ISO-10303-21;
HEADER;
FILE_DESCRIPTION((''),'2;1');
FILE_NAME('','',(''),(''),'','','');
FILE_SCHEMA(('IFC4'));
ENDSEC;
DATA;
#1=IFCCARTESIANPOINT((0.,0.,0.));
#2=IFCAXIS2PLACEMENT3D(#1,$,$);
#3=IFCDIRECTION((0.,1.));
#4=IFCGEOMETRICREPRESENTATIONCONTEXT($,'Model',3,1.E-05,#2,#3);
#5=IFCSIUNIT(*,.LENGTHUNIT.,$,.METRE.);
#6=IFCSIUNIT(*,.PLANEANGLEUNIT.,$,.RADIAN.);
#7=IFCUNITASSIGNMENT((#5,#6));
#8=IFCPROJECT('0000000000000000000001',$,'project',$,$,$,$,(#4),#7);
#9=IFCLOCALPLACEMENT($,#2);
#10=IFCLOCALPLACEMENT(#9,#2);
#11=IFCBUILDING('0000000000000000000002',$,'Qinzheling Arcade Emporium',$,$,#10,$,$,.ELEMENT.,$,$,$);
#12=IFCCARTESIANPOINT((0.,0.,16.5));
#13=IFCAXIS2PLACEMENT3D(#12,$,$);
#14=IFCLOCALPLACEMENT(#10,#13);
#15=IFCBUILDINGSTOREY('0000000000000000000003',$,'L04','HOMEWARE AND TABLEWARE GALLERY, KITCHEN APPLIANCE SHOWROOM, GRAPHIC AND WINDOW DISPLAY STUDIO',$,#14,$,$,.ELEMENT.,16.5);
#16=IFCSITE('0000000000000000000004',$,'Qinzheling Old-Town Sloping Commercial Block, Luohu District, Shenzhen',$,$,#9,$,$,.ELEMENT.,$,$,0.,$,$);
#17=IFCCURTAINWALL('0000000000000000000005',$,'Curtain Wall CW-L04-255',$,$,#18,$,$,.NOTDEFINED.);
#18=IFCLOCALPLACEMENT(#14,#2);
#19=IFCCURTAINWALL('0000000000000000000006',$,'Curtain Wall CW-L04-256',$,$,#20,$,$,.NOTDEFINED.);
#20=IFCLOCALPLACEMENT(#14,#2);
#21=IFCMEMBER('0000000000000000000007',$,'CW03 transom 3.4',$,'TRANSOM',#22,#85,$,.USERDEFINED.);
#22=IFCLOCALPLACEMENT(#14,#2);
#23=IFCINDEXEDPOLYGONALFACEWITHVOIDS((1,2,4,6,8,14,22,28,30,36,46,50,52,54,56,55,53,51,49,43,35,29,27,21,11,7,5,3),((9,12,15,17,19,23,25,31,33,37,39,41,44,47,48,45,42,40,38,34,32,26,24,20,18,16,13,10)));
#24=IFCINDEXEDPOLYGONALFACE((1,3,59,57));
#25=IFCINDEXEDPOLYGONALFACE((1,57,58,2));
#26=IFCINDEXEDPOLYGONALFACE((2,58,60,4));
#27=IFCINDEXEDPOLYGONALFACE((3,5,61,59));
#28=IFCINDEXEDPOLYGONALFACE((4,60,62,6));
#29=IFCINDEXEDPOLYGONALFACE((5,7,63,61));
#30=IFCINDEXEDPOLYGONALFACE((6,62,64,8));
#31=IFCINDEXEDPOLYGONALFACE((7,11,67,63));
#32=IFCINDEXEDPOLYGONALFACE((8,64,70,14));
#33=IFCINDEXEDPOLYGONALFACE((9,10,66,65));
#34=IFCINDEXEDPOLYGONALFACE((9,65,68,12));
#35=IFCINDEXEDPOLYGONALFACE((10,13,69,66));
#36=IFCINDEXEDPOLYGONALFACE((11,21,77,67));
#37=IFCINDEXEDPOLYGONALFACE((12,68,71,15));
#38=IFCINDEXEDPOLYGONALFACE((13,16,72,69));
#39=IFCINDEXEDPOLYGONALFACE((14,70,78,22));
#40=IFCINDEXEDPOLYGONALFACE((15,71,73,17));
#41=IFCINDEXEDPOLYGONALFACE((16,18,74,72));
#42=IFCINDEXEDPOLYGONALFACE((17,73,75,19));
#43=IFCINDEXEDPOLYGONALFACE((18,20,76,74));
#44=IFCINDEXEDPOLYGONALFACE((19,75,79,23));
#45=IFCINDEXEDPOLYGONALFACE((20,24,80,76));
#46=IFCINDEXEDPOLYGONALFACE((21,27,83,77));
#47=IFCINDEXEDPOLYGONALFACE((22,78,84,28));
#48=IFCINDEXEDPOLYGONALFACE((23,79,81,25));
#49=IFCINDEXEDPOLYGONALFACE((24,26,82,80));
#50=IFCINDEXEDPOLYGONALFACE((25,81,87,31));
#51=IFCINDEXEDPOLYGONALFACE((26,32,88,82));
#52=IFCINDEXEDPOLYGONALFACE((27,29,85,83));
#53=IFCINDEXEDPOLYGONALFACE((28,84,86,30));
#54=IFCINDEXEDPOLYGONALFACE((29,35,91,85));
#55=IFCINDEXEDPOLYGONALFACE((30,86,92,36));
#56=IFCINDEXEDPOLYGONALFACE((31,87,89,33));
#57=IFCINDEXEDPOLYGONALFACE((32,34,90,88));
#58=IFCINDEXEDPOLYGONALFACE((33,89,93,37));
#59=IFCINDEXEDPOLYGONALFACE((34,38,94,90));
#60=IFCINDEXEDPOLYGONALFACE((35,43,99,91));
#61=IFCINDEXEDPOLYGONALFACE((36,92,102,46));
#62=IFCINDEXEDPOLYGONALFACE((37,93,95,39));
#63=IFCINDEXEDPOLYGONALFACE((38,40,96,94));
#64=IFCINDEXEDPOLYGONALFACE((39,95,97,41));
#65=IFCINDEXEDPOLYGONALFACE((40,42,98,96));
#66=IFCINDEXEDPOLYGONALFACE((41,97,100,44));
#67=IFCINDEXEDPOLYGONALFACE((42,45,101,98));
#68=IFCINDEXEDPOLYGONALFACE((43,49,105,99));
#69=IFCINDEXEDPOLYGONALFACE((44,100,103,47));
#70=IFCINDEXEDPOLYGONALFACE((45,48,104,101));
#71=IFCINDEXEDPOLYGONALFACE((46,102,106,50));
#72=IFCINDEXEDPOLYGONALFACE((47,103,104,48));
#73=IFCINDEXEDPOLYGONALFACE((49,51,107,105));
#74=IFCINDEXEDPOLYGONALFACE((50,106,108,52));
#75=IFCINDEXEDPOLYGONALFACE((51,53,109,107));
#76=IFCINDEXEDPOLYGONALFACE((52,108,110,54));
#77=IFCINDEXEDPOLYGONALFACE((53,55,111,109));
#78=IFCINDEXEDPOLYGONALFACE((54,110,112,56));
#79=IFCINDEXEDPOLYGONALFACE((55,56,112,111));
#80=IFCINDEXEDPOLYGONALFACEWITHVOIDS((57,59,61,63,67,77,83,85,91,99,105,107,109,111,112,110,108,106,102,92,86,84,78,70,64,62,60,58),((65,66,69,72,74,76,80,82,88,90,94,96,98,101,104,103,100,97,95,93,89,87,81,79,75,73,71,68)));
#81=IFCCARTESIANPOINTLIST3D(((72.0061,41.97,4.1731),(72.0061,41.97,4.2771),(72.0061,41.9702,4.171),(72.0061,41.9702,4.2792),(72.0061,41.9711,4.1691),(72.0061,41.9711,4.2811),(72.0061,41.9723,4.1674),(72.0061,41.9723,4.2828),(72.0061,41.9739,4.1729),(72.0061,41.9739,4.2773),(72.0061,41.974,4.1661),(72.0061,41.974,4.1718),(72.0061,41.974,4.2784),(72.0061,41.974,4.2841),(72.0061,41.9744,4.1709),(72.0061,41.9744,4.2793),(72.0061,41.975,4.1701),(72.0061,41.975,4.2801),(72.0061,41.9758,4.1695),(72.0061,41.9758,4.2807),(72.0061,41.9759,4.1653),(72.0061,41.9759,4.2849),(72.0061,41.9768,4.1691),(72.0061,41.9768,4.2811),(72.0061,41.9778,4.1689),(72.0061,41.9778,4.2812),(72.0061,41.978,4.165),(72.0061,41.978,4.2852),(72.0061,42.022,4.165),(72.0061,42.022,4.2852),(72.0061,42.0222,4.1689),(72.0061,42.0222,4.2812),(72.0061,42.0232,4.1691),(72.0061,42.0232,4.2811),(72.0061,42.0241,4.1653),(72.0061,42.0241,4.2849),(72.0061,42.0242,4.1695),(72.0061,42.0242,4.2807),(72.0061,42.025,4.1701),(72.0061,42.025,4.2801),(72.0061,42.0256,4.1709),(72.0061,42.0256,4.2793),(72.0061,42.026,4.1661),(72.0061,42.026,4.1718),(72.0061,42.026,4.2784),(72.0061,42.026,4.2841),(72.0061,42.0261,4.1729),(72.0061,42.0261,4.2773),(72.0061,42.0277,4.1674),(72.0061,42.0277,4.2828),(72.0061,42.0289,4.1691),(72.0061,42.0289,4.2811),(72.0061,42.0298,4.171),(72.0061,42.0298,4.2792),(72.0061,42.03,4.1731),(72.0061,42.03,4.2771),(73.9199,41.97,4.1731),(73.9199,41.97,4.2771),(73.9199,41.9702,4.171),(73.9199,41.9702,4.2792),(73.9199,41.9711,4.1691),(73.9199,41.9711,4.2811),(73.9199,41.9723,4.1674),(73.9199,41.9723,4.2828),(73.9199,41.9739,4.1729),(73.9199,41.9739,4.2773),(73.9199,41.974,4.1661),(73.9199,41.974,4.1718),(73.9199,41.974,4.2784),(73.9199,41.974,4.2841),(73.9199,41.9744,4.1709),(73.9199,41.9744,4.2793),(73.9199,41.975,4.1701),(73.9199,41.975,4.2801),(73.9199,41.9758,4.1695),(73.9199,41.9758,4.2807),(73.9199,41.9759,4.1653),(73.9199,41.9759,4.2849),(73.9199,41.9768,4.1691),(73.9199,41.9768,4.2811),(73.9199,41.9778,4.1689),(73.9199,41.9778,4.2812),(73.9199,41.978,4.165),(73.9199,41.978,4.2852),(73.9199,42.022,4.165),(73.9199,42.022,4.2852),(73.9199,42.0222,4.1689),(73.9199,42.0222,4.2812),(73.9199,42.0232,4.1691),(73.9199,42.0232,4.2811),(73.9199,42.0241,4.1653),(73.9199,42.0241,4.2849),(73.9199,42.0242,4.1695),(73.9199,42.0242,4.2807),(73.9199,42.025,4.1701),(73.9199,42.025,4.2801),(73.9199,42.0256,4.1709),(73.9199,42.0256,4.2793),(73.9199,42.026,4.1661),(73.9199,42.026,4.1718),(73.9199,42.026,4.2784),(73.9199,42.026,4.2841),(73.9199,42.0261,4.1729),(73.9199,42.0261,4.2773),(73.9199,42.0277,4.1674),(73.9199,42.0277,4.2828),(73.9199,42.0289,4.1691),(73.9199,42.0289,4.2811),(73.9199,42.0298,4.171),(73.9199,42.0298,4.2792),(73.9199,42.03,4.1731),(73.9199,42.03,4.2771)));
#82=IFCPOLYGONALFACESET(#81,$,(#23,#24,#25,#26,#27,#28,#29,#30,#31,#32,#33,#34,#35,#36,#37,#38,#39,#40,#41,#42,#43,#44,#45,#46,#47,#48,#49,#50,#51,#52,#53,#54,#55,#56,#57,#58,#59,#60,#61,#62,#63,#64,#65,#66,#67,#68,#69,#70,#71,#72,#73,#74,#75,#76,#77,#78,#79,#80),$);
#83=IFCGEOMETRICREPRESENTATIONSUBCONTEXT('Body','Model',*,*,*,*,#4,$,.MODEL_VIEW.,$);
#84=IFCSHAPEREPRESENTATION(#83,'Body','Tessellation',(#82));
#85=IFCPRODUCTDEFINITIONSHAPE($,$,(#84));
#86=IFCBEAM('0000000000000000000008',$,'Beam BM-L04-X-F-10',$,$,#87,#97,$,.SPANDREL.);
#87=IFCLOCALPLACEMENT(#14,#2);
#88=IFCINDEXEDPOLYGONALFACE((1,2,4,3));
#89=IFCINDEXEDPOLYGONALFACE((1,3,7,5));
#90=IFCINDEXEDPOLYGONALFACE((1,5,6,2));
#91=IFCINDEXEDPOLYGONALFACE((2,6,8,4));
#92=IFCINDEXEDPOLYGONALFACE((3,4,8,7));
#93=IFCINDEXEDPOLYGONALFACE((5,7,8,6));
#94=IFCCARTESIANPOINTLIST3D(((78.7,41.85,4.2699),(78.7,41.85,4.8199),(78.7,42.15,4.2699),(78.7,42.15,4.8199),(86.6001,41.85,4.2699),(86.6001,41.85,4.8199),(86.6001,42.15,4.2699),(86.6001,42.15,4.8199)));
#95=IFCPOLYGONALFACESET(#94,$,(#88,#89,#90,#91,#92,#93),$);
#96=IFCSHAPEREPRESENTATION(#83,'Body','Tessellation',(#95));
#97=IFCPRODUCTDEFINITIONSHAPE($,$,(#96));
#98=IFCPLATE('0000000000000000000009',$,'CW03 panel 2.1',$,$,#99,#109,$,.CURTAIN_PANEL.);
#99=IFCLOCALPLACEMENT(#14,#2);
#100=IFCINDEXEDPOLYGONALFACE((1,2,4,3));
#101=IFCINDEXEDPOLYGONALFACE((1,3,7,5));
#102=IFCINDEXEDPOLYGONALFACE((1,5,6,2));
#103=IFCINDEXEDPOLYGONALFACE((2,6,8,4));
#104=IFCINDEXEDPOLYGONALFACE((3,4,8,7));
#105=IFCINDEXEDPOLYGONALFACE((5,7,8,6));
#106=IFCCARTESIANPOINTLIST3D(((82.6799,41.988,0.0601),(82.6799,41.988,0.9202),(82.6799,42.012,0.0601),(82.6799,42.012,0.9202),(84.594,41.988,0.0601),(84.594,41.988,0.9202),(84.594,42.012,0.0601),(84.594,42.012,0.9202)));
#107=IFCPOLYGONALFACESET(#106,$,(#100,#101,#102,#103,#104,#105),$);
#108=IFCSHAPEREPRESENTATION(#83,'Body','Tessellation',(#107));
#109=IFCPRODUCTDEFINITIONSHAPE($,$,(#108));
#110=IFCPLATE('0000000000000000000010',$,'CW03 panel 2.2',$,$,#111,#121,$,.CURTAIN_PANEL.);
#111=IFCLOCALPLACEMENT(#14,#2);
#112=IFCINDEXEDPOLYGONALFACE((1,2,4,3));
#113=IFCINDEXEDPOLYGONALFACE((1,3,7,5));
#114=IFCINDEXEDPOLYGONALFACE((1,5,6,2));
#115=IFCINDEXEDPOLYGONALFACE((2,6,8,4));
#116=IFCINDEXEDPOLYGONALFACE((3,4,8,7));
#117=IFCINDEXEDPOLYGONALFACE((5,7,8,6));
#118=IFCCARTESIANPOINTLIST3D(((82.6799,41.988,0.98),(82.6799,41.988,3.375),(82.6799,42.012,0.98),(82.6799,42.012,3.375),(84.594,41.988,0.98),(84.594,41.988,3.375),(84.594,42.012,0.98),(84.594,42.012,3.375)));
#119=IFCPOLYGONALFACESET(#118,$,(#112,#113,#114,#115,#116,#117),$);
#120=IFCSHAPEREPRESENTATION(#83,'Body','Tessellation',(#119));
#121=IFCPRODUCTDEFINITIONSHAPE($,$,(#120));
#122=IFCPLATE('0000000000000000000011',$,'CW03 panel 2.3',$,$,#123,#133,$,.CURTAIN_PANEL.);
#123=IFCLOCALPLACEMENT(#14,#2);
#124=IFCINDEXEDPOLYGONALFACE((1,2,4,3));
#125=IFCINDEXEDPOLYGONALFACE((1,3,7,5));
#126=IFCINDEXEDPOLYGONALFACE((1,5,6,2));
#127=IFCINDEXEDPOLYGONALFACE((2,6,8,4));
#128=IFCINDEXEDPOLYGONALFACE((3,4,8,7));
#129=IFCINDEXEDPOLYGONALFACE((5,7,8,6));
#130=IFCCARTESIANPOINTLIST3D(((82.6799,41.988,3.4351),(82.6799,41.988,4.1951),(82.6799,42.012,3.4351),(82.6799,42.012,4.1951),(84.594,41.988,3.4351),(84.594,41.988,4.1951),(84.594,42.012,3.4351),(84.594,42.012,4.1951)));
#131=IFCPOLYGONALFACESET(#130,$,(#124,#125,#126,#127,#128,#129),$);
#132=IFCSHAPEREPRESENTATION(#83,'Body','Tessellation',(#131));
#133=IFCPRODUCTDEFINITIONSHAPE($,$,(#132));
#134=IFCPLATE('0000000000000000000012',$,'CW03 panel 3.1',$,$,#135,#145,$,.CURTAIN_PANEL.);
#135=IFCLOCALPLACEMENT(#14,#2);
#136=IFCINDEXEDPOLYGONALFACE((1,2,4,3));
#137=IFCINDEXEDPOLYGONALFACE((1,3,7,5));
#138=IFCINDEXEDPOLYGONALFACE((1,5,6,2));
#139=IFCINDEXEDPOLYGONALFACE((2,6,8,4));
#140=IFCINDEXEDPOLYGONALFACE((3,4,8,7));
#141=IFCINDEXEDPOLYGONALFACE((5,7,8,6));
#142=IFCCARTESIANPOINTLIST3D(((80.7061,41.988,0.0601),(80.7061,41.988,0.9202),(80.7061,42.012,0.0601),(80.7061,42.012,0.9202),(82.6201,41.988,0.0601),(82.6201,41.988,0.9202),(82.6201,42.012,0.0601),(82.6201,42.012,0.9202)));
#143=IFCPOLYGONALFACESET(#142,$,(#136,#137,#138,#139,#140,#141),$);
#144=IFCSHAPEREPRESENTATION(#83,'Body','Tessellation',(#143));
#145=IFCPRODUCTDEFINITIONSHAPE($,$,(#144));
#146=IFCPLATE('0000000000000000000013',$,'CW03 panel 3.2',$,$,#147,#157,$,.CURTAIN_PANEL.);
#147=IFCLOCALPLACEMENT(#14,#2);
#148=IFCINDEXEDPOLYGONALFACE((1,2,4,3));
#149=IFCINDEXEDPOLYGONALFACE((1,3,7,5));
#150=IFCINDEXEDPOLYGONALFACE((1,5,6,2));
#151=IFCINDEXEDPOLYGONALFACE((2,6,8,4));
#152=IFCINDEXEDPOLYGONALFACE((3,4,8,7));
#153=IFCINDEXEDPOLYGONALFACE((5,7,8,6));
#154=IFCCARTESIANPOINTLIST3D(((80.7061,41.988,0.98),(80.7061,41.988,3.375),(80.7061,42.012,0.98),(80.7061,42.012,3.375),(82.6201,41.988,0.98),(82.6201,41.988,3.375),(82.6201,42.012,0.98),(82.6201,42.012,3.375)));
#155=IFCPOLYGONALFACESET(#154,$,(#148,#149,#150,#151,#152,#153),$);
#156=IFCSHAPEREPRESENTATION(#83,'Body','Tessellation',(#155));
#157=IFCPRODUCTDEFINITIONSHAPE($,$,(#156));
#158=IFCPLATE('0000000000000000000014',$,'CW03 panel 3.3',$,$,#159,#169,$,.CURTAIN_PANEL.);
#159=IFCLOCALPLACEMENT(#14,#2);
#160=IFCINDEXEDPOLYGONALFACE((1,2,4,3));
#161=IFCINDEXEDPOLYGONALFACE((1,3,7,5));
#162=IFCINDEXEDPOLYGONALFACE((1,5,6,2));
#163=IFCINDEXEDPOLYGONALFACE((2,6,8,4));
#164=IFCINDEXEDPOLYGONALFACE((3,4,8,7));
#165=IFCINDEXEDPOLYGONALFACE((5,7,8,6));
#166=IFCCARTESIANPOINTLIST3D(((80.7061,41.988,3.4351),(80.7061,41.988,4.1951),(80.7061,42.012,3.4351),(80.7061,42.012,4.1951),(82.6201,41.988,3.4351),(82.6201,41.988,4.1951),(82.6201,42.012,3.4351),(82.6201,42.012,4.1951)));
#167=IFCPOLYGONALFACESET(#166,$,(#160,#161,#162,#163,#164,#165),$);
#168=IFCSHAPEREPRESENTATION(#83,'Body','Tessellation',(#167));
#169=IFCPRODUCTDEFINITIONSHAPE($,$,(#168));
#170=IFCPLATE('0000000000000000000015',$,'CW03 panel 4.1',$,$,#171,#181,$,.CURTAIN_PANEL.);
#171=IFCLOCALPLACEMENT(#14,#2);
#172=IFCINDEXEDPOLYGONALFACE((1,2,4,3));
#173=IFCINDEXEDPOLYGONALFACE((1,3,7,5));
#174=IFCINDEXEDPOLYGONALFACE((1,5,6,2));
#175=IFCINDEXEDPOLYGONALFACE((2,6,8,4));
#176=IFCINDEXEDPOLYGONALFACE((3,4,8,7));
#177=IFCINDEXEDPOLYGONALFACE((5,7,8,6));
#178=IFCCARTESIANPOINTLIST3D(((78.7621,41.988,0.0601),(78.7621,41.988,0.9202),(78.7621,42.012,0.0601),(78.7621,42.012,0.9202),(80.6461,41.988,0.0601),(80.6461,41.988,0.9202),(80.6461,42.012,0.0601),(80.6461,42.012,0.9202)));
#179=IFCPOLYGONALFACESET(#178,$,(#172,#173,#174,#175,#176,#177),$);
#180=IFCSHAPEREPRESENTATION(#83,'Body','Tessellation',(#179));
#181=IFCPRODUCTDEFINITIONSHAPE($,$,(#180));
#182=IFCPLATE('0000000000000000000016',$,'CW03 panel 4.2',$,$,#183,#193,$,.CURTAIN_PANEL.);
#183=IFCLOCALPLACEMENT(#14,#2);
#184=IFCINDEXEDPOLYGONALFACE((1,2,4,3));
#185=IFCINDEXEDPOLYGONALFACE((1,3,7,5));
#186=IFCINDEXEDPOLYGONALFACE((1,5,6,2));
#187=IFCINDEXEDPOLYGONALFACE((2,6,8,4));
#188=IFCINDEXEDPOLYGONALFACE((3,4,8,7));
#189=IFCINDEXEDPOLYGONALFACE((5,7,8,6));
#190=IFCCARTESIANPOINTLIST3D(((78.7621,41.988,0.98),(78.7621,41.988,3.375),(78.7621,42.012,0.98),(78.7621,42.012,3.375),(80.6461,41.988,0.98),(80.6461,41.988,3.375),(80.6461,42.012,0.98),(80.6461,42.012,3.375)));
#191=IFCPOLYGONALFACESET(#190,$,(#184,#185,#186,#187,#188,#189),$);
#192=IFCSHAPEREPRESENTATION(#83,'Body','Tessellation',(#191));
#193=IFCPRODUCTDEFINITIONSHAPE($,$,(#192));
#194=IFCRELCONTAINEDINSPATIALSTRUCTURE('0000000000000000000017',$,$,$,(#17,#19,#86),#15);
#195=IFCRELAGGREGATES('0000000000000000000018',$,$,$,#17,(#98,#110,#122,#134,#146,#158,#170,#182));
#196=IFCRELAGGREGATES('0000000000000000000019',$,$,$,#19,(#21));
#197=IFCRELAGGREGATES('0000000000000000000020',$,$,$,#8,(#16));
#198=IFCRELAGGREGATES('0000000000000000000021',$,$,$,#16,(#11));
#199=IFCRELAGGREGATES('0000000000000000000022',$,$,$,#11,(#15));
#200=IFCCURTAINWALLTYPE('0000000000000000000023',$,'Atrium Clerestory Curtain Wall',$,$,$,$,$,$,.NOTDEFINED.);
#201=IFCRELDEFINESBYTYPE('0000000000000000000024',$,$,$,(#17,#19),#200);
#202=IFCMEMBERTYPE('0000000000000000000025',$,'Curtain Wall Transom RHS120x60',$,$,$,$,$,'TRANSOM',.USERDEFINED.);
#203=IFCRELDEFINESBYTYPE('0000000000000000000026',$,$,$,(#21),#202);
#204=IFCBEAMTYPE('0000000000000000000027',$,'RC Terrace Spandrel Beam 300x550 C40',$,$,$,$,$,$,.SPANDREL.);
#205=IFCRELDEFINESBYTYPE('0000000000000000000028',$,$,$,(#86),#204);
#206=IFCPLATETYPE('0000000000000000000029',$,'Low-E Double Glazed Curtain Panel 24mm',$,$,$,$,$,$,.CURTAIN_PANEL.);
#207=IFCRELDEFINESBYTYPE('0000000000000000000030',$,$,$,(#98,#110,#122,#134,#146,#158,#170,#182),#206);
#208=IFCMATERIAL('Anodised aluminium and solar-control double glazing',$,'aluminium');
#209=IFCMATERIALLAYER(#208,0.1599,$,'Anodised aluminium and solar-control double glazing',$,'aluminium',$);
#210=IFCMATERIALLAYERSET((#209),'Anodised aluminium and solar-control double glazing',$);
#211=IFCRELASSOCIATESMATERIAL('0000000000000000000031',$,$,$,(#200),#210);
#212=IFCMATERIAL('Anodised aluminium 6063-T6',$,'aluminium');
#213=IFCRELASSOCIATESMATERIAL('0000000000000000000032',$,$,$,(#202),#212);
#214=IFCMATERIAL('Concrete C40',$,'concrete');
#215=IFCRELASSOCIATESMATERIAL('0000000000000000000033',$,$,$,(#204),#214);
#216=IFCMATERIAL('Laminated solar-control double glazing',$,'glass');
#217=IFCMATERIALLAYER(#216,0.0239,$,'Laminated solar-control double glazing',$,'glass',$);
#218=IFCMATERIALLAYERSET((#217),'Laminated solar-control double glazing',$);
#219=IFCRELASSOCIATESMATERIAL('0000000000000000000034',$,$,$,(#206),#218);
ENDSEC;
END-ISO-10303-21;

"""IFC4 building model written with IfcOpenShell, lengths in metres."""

from ifc_helpers import new_model, si_unit, direction, frame, origin, origin_2d, place, context, subcontext, project, spatial, rectangle, hollow_rectangle, extrude, material, layer, layer_set, material_profile, profile_set, type_object, element, aggregate, save


model = new_model("IFC4")

# Units and contexts
model_context = context("Model", 3, precision=1e-05, world=origin(), true_north=direction((0.0, 1.0)))
body_context = subcontext(model_context, "Body", "Model", "MODEL_VIEW")
ifc_project = project(units=[si_unit("LENGTHUNIT", "METRE"), si_unit("PLANEANGLEUNIT", "RADIAN")], contexts=[model_context])

# Site, building, storey
site_placement = place(None, origin())
site = spatial("IfcSite", under=ifc_project, at=site_placement, Name="Qinzheling Old-Town Sloping Commercial Block, Luohu District, Shenzhen", CompositionType="ELEMENT", RefElevation=0.0)
building_placement = place(site_placement, origin())
building = spatial("IfcBuilding", under=site, at=building_placement, Name="Qinzheling Arcade Emporium", CompositionType="ELEMENT")
storey_placement = place(building_placement, frame((0.0, 0.0, 16.5)))
storey = spatial("IfcBuildingStorey", under=building, at=storey_placement, Name="L04", Description="HOMEWARE AND TABLEWARE GALLERY, KITCHEN APPLIANCE SHOWROOM, GRAPHIC AND WINDOW DISPLAY STUDIO", CompositionType="ELEMENT", Elevation=16.5)

# Shared definitions
ifc_material_1 = material(Name="Concrete C40", Category="concrete")

# Curtain walls
ifc_material_2 = material(Name="Anodised aluminium and solar-control double glazing", Category="aluminium")
ifc_layer_1 = layer(ifc_material_2, 0.1599, Name="Anodised aluminium and solar-control double glazing", Category="aluminium")
ifc_layer_set_1 = layer_set([ifc_layer_1], Name="Anodised aluminium and solar-control double glazing")
curtain_wall_type = type_object("IfcCurtainWallType", Name="Atrium Clerestory Curtain Wall", PredefinedType="NOTDEFINED", material=ifc_layer_set_1)
curtain_wall_1_placement = place(storey_placement, origin())
curtain_wall_1 = element("IfcCurtainWall", 1, at=curtain_wall_1_placement, inside=storey, type_object=curtain_wall_type, Name="Curtain Wall CW-L04-255", PredefinedType="NOTDEFINED")
ifc_material_3 = material(Name="Anodised aluminium 6063-T6", Category="aluminium")
curtain_wall_2_placement = place(storey_placement, origin())
curtain_wall_2 = element("IfcCurtainWall", 2, at=curtain_wall_2_placement, inside=storey, type_object=curtain_wall_type, Name="Curtain Wall CW-L04-256", PredefinedType="NOTDEFINED")

# Member
ifc_material_profile_1 = material_profile(ifc_material_3, hollow_rectangle(XDim=0.0601, YDim=0.1201, WallThickness=0.0039, InnerFilletRadius=0.0039, OuterFilletRadius=0.0081, at=origin_2d()), Name="RHS 120x60x4", Category="aluminium")
ifc_profile_set_1 = profile_set([ifc_material_profile_1], Name="Anodised aluminium 6063-T6")
member_type_1 = type_object("IfcMemberType", Name="Curtain Wall Transom RHS120x60", ElementType="TRANSOM", PredefinedType="USERDEFINED", material=ifc_profile_set_1)
member_1_placement = place(storey_placement, frame((73.9199, 42.0, 4.2251), z_axis=(-1.0, 0.0, 0.0), x_axis=(0.0, -1.0, 0.0)))
member_1 = element("IfcMember", 3, at=member_1_placement, type_object=member_type_1, Name="CW03 transom 3.4", ObjectType="TRANSOM", PredefinedType="USERDEFINED", context=body_context, shape_type="SweptSolid", body=[
    extrude(hollow_rectangle(XDim=0.0601, YDim=0.1201, WallThickness=0.0039, InnerFilletRadius=0.0039, OuterFilletRadius=0.0081, at=origin_2d()), origin(), (0.0, 0.0, 1.0), 1.9138),
])

# Beam
ifc_material_profile_2 = material_profile(ifc_material_1, rectangle(XDim=0.3, YDim=0.55, at=origin_2d()), Name="RC 300x550", Category="concrete")
ifc_profile_set_2 = profile_set([ifc_material_profile_2], Name="Concrete C40")
beam_type = type_object("IfcBeamType", Name="RC Terrace Spandrel Beam 300x550 C40", PredefinedType="SPANDREL", material=ifc_profile_set_2)
beam_placement = place(storey_placement, frame((78.7, 42.0, 4.5449), z_axis=(1.0, 0.0, 0.0), x_axis=(0.0, 1.0, 0.0)))
element("IfcBeam", 4, at=beam_placement, inside=storey, type_object=beam_type, Name="Beam BM-L04-X-F-10", PredefinedType="SPANDREL", context=body_context, shape_type="SweptSolid", body=[
    extrude(rectangle(XDim=0.3, YDim=0.55, at=origin_2d()), origin(), (0.0, 0.0, 1.0), 7.9001),
])

# Plates
ifc_material_4 = material(Name="Laminated solar-control double glazing", Category="glass")
ifc_layer_2 = layer(ifc_material_4, 0.0239, Name="Laminated solar-control double glazing", Category="glass")
ifc_layer_set_2 = layer_set([ifc_layer_2], Name="Laminated solar-control double glazing")
plate_type_1 = type_object("IfcPlateType", Name="Low-E Double Glazed Curtain Panel 24mm", PredefinedType="CURTAIN_PANEL", material=ifc_layer_set_2)
plate_1_placement = place(storey_placement, frame((83.637, 42.0, 0.0601), z_axis=(0.0, 0.0, 1.0), x_axis=(-1.0, 0.0, 0.0)))
plate_1 = element("IfcPlate", 5, at=plate_1_placement, type_object=plate_type_1, Name="CW03 panel 2.1", PredefinedType="CURTAIN_PANEL", context=body_context, shape_type="SweptSolid", body=[
    extrude(rectangle(XDim=1.9141, YDim=0.0239, at=origin_2d()), origin(), (0.0, 0.0, 1.0), 0.8601),
])
plate_2_placement = place(storey_placement, frame((83.637, 42.0, 0.98), z_axis=(0.0, 0.0, 1.0), x_axis=(-1.0, 0.0, 0.0)))
plate_2 = element("IfcPlate", 6, at=plate_2_placement, type_object=plate_type_1, Name="CW03 panel 2.2", PredefinedType="CURTAIN_PANEL", context=body_context, shape_type="SweptSolid", body=[
    extrude(rectangle(XDim=1.9141, YDim=0.0239, at=origin_2d()), origin(), (0.0, 0.0, 1.0), 2.395),
])
plate_3_placement = place(storey_placement, frame((83.637, 42.0, 3.4351), z_axis=(0.0, 0.0, 1.0), x_axis=(-1.0, 0.0, 0.0)))
plate_3 = element("IfcPlate", 7, at=plate_3_placement, type_object=plate_type_1, Name="CW03 panel 2.3", PredefinedType="CURTAIN_PANEL", context=body_context, shape_type="SweptSolid", body=[
    extrude(rectangle(XDim=1.9141, YDim=0.0239, at=origin_2d()), origin(), (0.0, 0.0, 1.0), 0.76),
])
plate_4_placement = place(storey_placement, frame((81.6631, 42.0, 0.0601), z_axis=(0.0, 0.0, 1.0), x_axis=(-1.0, 0.0, 0.0)))
plate_4 = element("IfcPlate", 8, at=plate_4_placement, type_object=plate_type_1, Name="CW03 panel 3.1", PredefinedType="CURTAIN_PANEL", context=body_context, shape_type="SweptSolid", body=[
    extrude(rectangle(XDim=1.9141, YDim=0.0239, at=origin_2d()), origin(), (0.0, 0.0, 1.0), 0.8601),
])
plate_5_placement = place(storey_placement, frame((81.6631, 42.0, 0.98), z_axis=(0.0, 0.0, 1.0), x_axis=(-1.0, 0.0, 0.0)))
plate_5 = element("IfcPlate", 9, at=plate_5_placement, type_object=plate_type_1, Name="CW03 panel 3.2", PredefinedType="CURTAIN_PANEL", context=body_context, shape_type="SweptSolid", body=[
    extrude(rectangle(XDim=1.9141, YDim=0.0239, at=origin_2d()), origin(), (0.0, 0.0, 1.0), 2.395),
])
plate_6_placement = place(storey_placement, frame((81.6631, 42.0, 3.4351), z_axis=(0.0, 0.0, 1.0), x_axis=(-1.0, 0.0, 0.0)))
plate_6 = element("IfcPlate", 10, at=plate_6_placement, type_object=plate_type_1, Name="CW03 panel 3.3", PredefinedType="CURTAIN_PANEL", context=body_context, shape_type="SweptSolid", body=[
    extrude(rectangle(XDim=1.9141, YDim=0.0239, at=origin_2d()), origin(), (0.0, 0.0, 1.0), 0.76),
])
plate_7_placement = place(storey_placement, frame((79.7041, 42.0, 0.0601), z_axis=(0.0, 0.0, 1.0), x_axis=(-1.0, 0.0, 0.0)))
plate_7 = element("IfcPlate", 11, at=plate_7_placement, type_object=plate_type_1, Name="CW03 panel 4.1", PredefinedType="CURTAIN_PANEL", context=body_context, shape_type="SweptSolid", body=[
    extrude(rectangle(XDim=1.884, YDim=0.0239, at=origin_2d()), origin(), (0.0, 0.0, 1.0), 0.8601),
])
plate_8_placement = place(storey_placement, frame((79.7041, 42.0, 0.98), z_axis=(0.0, 0.0, 1.0), x_axis=(-1.0, 0.0, 0.0)))
plate_8 = element("IfcPlate", 12, at=plate_8_placement, type_object=plate_type_1, Name="CW03 panel 4.2", PredefinedType="CURTAIN_PANEL", context=body_context, shape_type="SweptSolid", body=[
    extrude(rectangle(XDim=1.884, YDim=0.0239, at=origin_2d()), origin(), (0.0, 0.0, 1.0), 2.395),
])
aggregate(curtain_wall_1, [plate_1, plate_2, plate_3, plate_4, plate_5, plate_6, plate_7, plate_8])
aggregate(curtain_wall_2, [member_1])

save(model, "model.ifc")
